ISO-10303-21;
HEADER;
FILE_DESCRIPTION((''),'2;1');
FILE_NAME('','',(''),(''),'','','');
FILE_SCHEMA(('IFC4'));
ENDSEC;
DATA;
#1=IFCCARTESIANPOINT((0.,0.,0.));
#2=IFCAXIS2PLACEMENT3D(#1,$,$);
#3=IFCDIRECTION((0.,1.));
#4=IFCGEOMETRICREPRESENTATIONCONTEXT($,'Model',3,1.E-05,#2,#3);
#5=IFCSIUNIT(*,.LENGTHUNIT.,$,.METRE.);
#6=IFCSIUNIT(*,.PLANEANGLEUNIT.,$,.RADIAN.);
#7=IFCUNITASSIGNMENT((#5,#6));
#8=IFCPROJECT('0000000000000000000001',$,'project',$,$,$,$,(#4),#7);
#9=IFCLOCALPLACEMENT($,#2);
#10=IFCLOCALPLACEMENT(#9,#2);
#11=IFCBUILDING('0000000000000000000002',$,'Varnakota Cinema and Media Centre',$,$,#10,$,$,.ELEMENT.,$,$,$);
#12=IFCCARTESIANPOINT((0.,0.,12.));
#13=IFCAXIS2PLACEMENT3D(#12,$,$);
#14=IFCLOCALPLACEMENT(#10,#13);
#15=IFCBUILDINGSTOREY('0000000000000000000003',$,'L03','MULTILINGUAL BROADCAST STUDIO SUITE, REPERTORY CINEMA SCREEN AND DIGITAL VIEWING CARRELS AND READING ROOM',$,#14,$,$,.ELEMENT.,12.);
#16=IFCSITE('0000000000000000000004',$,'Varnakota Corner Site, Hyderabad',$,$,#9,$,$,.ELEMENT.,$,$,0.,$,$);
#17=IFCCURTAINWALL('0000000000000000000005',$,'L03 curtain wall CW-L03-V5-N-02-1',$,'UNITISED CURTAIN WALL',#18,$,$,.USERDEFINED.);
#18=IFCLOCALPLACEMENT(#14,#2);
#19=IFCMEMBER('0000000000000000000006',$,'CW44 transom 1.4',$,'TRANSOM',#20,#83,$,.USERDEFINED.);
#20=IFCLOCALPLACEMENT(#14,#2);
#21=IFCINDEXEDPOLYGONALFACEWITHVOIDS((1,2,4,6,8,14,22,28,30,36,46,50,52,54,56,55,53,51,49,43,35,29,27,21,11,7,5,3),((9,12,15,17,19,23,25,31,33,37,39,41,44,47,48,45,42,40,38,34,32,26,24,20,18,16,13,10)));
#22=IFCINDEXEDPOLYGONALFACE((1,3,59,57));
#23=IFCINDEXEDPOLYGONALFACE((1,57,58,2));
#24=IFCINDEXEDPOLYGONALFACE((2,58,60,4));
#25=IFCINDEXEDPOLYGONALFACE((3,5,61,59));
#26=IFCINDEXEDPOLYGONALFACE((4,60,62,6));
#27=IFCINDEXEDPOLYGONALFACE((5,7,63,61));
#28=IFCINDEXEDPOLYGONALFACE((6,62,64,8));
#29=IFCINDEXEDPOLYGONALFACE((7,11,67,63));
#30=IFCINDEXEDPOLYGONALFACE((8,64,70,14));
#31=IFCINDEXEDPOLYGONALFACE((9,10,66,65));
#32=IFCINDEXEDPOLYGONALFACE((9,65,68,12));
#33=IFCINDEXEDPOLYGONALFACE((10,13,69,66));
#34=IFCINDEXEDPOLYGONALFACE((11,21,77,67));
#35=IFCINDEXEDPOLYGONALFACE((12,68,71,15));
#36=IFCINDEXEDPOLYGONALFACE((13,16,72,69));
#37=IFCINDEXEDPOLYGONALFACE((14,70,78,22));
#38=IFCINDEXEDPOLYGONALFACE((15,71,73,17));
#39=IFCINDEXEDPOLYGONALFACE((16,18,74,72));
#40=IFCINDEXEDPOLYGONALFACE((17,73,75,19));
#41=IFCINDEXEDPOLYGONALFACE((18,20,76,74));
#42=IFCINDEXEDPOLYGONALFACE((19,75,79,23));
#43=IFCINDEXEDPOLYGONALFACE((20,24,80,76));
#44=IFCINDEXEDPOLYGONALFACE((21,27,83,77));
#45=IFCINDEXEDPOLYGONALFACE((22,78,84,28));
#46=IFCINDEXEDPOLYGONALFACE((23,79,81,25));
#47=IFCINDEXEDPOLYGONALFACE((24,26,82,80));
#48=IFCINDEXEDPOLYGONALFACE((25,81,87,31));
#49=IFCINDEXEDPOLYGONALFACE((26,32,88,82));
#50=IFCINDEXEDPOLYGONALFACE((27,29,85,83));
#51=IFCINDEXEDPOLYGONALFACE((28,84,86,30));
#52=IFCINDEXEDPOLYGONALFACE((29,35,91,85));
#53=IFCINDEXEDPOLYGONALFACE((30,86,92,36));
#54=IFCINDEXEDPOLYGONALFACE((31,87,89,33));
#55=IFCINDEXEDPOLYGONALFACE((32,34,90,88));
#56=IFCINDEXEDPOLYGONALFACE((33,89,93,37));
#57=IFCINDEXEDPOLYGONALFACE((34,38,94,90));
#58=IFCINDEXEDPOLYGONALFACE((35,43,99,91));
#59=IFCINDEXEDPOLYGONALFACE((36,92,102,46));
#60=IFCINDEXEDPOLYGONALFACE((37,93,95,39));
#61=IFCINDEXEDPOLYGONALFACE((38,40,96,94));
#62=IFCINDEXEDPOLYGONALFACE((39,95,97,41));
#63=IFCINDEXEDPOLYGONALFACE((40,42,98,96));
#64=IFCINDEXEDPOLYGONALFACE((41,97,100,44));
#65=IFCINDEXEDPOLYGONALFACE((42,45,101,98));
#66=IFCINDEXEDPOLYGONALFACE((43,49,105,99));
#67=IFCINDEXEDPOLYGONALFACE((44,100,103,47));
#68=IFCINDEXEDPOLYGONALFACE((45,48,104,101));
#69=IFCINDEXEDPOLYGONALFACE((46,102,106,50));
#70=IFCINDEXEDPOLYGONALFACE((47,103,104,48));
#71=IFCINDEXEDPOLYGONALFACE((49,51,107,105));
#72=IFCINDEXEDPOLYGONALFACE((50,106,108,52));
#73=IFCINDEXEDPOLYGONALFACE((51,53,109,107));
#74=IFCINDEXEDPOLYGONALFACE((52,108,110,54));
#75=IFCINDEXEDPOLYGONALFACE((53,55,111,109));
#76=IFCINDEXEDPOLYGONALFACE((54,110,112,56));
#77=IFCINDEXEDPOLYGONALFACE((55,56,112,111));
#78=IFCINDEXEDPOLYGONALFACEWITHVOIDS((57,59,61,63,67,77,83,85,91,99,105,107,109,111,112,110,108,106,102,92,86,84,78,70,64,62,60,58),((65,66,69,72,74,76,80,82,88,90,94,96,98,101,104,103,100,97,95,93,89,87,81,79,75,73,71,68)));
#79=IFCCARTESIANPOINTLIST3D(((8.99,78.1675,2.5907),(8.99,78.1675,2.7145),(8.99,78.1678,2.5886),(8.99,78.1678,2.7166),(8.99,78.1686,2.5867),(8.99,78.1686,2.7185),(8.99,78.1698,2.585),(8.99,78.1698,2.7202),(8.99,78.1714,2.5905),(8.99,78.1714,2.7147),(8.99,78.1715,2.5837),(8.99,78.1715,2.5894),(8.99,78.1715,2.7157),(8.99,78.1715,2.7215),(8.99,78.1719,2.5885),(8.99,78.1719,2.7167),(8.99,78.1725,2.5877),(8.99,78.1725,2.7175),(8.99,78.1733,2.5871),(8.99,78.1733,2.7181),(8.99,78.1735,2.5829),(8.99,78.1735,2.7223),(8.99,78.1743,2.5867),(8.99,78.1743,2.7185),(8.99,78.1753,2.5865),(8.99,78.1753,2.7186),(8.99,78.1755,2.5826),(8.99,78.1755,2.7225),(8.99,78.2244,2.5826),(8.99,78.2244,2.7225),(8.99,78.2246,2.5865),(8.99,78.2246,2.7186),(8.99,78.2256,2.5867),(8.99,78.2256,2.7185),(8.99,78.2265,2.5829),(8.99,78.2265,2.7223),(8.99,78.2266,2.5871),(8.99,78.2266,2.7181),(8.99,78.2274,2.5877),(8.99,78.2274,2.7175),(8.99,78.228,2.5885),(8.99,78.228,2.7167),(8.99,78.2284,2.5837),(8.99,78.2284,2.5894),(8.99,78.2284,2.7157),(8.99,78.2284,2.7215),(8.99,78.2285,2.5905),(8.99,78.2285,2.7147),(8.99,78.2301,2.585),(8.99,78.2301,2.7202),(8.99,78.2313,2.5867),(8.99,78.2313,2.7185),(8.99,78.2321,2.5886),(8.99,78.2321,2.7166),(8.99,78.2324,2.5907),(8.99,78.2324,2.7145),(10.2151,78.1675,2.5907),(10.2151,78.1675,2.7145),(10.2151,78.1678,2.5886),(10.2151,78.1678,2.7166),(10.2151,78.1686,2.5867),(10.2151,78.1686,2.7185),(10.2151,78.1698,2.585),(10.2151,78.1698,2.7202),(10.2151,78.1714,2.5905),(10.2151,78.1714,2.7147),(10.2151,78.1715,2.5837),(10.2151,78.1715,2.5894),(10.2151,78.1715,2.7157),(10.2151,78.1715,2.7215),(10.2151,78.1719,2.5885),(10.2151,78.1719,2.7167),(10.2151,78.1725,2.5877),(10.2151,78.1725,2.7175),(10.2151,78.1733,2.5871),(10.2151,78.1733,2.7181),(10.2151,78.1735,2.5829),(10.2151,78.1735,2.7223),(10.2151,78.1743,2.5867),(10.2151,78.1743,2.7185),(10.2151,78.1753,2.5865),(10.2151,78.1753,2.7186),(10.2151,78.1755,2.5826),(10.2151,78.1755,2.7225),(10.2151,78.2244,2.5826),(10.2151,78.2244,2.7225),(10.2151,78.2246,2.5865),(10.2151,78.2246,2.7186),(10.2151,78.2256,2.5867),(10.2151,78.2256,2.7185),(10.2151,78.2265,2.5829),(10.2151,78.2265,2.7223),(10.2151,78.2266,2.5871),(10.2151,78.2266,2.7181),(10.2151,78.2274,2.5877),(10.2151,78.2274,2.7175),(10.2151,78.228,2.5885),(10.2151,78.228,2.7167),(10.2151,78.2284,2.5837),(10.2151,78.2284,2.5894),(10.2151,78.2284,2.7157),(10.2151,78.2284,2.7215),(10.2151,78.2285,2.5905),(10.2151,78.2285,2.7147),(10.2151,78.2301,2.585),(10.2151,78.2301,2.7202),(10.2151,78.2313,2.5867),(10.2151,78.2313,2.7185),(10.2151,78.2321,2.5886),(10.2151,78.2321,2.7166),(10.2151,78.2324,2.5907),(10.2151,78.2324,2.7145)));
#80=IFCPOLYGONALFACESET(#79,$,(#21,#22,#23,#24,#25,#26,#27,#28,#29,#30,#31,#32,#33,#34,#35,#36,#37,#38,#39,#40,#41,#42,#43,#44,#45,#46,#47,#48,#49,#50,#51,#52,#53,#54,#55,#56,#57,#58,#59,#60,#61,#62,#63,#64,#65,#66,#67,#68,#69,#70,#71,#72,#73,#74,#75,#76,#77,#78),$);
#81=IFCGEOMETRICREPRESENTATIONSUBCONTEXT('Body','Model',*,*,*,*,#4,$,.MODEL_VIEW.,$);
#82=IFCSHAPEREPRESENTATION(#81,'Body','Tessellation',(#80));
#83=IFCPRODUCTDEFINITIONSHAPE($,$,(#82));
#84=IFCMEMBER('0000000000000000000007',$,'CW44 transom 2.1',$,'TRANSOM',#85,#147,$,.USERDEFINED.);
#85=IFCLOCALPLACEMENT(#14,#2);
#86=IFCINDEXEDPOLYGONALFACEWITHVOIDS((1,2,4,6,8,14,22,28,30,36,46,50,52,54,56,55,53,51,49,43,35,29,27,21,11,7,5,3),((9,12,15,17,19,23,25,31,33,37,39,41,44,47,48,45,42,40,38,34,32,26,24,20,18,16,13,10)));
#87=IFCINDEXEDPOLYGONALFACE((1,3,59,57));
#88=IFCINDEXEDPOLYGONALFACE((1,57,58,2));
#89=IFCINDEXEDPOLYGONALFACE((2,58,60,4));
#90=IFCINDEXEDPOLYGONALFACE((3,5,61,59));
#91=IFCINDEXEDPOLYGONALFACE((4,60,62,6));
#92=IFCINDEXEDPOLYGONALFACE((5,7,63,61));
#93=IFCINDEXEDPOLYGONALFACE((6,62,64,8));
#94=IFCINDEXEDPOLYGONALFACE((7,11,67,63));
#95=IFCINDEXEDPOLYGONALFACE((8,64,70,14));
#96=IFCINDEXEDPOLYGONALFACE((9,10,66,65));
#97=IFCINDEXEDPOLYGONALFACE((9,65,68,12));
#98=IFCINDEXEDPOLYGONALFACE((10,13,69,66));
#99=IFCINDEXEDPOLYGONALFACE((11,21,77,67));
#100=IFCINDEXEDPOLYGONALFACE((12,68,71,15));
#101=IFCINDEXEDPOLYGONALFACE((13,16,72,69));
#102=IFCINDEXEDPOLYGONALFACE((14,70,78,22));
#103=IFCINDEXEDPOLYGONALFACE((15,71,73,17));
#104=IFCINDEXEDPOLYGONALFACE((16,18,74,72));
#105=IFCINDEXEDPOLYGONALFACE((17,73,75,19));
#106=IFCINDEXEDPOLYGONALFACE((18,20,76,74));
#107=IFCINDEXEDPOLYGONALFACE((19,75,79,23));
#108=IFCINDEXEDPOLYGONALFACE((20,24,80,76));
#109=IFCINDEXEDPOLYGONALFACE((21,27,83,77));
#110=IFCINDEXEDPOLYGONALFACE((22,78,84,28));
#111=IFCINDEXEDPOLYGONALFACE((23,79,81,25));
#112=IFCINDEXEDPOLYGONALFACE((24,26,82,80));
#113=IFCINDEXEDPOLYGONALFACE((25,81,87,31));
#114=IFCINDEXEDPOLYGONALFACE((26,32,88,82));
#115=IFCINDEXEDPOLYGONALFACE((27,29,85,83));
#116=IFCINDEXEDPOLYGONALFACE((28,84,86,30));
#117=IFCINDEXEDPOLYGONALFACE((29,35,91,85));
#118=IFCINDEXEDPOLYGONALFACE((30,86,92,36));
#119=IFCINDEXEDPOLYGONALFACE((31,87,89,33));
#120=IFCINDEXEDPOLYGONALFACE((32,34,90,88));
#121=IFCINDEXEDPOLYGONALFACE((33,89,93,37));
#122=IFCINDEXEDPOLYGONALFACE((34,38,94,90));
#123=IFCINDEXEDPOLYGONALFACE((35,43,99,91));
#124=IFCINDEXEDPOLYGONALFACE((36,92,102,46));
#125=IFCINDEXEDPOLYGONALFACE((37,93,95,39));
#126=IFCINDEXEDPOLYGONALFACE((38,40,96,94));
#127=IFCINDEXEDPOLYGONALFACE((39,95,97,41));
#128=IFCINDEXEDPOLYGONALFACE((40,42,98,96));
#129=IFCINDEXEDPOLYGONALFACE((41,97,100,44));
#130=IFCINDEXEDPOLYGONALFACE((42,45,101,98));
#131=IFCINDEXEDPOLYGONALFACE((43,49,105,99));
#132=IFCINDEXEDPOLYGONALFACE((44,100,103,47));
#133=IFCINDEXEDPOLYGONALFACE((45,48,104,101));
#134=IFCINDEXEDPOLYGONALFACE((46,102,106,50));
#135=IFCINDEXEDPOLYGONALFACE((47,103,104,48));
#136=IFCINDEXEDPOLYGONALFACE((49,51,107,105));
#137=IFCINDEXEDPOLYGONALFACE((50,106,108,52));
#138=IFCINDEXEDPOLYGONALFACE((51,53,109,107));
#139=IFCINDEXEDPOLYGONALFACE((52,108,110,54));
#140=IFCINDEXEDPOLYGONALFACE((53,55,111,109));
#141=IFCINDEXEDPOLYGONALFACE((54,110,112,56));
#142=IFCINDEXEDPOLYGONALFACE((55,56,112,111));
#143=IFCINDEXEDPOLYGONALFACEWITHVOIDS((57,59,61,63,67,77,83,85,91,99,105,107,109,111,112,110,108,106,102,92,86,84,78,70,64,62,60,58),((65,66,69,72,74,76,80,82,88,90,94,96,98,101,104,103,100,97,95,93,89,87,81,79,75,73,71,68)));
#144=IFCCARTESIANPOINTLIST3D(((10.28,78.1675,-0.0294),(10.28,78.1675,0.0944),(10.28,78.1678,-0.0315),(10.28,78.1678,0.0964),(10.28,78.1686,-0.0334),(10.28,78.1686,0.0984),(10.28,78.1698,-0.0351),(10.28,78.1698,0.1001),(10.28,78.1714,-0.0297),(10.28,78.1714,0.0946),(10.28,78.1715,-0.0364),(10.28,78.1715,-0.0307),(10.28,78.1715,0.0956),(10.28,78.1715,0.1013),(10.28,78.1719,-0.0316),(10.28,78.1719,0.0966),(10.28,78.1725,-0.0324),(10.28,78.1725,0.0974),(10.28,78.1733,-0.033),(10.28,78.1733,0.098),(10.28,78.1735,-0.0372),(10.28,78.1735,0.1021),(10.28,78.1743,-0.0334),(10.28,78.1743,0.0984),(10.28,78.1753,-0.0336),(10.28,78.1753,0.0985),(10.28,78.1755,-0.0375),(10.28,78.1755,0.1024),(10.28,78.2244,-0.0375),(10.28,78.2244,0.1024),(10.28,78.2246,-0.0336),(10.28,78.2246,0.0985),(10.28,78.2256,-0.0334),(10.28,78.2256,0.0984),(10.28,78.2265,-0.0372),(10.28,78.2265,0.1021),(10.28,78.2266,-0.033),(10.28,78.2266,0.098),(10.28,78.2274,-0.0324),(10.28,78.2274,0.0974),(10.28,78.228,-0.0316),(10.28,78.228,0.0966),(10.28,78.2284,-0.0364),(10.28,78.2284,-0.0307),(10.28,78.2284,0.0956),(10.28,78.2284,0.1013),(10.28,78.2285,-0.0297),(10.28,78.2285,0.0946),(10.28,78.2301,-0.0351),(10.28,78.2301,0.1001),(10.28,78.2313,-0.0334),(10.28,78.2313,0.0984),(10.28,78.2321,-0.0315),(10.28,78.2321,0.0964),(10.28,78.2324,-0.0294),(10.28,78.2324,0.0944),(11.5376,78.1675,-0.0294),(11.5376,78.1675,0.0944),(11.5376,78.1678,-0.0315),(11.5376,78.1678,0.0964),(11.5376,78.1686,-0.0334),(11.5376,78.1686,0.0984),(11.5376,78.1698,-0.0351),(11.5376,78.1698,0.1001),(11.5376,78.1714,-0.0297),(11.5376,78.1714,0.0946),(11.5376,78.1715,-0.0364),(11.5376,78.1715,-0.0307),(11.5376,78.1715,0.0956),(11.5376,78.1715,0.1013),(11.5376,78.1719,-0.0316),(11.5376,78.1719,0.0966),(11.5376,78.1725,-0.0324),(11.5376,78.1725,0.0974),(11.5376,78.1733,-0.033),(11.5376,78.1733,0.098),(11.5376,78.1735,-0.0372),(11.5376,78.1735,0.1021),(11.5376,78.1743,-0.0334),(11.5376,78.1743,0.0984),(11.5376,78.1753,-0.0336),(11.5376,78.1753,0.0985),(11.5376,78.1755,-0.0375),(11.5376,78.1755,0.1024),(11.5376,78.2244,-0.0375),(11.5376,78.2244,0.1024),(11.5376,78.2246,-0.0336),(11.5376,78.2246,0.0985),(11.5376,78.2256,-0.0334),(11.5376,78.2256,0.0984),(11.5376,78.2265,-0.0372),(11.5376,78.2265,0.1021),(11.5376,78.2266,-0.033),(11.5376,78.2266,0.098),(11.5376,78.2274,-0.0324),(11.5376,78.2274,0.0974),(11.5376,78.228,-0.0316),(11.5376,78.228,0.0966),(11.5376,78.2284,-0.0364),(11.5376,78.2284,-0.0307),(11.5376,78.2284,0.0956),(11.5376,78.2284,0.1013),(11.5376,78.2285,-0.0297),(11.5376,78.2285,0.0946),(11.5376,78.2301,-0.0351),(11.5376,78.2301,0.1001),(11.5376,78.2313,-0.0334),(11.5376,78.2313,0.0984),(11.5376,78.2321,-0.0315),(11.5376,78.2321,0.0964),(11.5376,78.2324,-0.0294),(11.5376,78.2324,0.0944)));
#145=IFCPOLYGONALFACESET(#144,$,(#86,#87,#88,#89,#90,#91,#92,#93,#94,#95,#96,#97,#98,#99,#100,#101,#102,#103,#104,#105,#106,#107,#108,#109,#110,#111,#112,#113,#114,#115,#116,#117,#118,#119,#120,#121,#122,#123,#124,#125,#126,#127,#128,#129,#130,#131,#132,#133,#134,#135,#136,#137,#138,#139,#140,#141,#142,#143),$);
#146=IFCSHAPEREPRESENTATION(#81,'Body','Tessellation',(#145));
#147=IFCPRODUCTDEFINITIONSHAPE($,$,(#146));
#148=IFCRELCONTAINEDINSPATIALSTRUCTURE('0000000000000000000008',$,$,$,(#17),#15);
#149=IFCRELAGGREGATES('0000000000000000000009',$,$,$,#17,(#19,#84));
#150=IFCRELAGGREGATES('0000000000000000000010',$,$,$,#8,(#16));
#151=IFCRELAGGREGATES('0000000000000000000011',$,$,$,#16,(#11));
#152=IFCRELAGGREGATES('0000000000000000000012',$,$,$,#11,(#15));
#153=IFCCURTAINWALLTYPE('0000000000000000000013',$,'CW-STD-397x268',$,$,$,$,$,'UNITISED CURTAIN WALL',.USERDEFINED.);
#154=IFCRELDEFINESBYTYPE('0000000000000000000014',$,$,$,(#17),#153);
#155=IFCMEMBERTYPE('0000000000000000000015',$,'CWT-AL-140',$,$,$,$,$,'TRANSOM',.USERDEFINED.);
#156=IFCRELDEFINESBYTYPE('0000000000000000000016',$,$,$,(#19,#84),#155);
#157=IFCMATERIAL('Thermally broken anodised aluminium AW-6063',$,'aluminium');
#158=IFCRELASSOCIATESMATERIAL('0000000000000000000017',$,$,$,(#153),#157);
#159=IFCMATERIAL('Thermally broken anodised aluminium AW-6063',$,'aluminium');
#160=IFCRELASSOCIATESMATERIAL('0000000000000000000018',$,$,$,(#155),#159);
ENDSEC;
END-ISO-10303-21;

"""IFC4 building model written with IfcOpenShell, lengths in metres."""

from ifc_helpers import new_model, si_unit, direction, frame, origin, origin_2d, place, context, subcontext, project, spatial, hollow_rectangle, extrude, material, material_profile, profile_set, type_object, element, aggregate, save


model = new_model("IFC4")

# Units and contexts
model_context = context("Model", 3, precision=1e-05, world=origin(), true_north=direction((0.0, 1.0)))
body_context = subcontext(model_context, "Body", "Model", "MODEL_VIEW")
ifc_project = project(units=[si_unit("LENGTHUNIT", "METRE"), si_unit("PLANEANGLEUNIT", "RADIAN")], contexts=[model_context])

# Site, building, storey
site_placement = place(None, origin())
site = spatial("IfcSite", under=ifc_project, at=site_placement, Name="Varnakota Corner Site, Hyderabad", CompositionType="ELEMENT", RefElevation=0.0)
building_placement = place(site_placement, origin())
building = spatial("IfcBuilding", under=site, at=building_placement, Name="Varnakota Cinema and Media Centre", CompositionType="ELEMENT")
storey_placement = place(building_placement, frame((0.0, 0.0, 12.0)))
storey = spatial("IfcBuildingStorey", under=building, at=storey_placement, Name="L03", Description="MULTILINGUAL BROADCAST STUDIO SUITE, REPERTORY CINEMA SCREEN AND DIGITAL VIEWING CARRELS AND READING ROOM", CompositionType="ELEMENT", Elevation=12.0)

# Curtain wall, members
ifc_material_1 = material(Name="Thermally broken anodised aluminium AW-6063", Category="aluminium")
curtain_wall_type = type_object("IfcCurtainWallType", Name="CW-STD-397x268", ElementType="UNITISED CURTAIN WALL", PredefinedType="USERDEFINED", material=ifc_material_1)
curtain_wall_placement = place(storey_placement, origin())
curtain_wall = element("IfcCurtainWall", 1, at=curtain_wall_placement, inside=storey, type_object=curtain_wall_type, Name="L03 curtain wall CW-L03-V5-N-02-1", ObjectType="UNITISED CURTAIN WALL", PredefinedType="USERDEFINED")
ifc_material_2 = material(Name="Thermally broken anodised aluminium AW-6063", Category="aluminium")
ifc_material_profile_1 = material_profile(ifc_material_2, hollow_rectangle(XDim=0.0649, YDim=0.1399, WallThickness=0.0039, InnerFilletRadius=0.0039, OuterFilletRadius=0.0081, at=origin_2d()), Name="AL-TRANSOM 140x65x4")
ifc_profile_set_1 = profile_set([ifc_material_profile_1], Name="Thermally broken anodised aluminium AW-6063")
member_type_1 = type_object("IfcMemberType", Name="CWT-AL-140", ElementType="TRANSOM", PredefinedType="USERDEFINED", material=ifc_profile_set_1)
member_1_placement = place(storey_placement, frame((8.99, 78.2, 2.6526), z_axis=(1.0, 0.0, 0.0), x_axis=(0.0, 1.0, 0.0)))
member_1 = element("IfcMember", 2, at=member_1_placement, type_object=member_type_1, Name="CW44 transom 1.4", ObjectType="TRANSOM", PredefinedType="USERDEFINED", context=body_context, shape_type="SweptSolid", body=[
    extrude(hollow_rectangle(XDim=0.0649, YDim=0.1399, WallThickness=0.0039, InnerFilletRadius=0.0039, OuterFilletRadius=0.0081, at=origin_2d()), origin(), (0.0, 0.0, 1.0), 1.2251),
])
member_2_placement = place(storey_placement, frame((10.28, 78.2, 0.0325), z_axis=(1.0, 0.0, 0.0), x_axis=(0.0, 1.0, 0.0)))
member_2 = element("IfcMember", 3, at=member_2_placement, type_object=member_type_1, Name="CW44 transom 2.1", ObjectType="TRANSOM", PredefinedType="USERDEFINED", context=body_context, shape_type="SweptSolid", body=[
    extrude(hollow_rectangle(XDim=0.0649, YDim=0.1399, WallThickness=0.0039, InnerFilletRadius=0.0039, OuterFilletRadius=0.0081, at=origin_2d()), origin(), (0.0, 0.0, 1.0), 1.2576),
])
aggregate(curtain_wall, [member_1, member_2])

save(model, "model.ifc")
